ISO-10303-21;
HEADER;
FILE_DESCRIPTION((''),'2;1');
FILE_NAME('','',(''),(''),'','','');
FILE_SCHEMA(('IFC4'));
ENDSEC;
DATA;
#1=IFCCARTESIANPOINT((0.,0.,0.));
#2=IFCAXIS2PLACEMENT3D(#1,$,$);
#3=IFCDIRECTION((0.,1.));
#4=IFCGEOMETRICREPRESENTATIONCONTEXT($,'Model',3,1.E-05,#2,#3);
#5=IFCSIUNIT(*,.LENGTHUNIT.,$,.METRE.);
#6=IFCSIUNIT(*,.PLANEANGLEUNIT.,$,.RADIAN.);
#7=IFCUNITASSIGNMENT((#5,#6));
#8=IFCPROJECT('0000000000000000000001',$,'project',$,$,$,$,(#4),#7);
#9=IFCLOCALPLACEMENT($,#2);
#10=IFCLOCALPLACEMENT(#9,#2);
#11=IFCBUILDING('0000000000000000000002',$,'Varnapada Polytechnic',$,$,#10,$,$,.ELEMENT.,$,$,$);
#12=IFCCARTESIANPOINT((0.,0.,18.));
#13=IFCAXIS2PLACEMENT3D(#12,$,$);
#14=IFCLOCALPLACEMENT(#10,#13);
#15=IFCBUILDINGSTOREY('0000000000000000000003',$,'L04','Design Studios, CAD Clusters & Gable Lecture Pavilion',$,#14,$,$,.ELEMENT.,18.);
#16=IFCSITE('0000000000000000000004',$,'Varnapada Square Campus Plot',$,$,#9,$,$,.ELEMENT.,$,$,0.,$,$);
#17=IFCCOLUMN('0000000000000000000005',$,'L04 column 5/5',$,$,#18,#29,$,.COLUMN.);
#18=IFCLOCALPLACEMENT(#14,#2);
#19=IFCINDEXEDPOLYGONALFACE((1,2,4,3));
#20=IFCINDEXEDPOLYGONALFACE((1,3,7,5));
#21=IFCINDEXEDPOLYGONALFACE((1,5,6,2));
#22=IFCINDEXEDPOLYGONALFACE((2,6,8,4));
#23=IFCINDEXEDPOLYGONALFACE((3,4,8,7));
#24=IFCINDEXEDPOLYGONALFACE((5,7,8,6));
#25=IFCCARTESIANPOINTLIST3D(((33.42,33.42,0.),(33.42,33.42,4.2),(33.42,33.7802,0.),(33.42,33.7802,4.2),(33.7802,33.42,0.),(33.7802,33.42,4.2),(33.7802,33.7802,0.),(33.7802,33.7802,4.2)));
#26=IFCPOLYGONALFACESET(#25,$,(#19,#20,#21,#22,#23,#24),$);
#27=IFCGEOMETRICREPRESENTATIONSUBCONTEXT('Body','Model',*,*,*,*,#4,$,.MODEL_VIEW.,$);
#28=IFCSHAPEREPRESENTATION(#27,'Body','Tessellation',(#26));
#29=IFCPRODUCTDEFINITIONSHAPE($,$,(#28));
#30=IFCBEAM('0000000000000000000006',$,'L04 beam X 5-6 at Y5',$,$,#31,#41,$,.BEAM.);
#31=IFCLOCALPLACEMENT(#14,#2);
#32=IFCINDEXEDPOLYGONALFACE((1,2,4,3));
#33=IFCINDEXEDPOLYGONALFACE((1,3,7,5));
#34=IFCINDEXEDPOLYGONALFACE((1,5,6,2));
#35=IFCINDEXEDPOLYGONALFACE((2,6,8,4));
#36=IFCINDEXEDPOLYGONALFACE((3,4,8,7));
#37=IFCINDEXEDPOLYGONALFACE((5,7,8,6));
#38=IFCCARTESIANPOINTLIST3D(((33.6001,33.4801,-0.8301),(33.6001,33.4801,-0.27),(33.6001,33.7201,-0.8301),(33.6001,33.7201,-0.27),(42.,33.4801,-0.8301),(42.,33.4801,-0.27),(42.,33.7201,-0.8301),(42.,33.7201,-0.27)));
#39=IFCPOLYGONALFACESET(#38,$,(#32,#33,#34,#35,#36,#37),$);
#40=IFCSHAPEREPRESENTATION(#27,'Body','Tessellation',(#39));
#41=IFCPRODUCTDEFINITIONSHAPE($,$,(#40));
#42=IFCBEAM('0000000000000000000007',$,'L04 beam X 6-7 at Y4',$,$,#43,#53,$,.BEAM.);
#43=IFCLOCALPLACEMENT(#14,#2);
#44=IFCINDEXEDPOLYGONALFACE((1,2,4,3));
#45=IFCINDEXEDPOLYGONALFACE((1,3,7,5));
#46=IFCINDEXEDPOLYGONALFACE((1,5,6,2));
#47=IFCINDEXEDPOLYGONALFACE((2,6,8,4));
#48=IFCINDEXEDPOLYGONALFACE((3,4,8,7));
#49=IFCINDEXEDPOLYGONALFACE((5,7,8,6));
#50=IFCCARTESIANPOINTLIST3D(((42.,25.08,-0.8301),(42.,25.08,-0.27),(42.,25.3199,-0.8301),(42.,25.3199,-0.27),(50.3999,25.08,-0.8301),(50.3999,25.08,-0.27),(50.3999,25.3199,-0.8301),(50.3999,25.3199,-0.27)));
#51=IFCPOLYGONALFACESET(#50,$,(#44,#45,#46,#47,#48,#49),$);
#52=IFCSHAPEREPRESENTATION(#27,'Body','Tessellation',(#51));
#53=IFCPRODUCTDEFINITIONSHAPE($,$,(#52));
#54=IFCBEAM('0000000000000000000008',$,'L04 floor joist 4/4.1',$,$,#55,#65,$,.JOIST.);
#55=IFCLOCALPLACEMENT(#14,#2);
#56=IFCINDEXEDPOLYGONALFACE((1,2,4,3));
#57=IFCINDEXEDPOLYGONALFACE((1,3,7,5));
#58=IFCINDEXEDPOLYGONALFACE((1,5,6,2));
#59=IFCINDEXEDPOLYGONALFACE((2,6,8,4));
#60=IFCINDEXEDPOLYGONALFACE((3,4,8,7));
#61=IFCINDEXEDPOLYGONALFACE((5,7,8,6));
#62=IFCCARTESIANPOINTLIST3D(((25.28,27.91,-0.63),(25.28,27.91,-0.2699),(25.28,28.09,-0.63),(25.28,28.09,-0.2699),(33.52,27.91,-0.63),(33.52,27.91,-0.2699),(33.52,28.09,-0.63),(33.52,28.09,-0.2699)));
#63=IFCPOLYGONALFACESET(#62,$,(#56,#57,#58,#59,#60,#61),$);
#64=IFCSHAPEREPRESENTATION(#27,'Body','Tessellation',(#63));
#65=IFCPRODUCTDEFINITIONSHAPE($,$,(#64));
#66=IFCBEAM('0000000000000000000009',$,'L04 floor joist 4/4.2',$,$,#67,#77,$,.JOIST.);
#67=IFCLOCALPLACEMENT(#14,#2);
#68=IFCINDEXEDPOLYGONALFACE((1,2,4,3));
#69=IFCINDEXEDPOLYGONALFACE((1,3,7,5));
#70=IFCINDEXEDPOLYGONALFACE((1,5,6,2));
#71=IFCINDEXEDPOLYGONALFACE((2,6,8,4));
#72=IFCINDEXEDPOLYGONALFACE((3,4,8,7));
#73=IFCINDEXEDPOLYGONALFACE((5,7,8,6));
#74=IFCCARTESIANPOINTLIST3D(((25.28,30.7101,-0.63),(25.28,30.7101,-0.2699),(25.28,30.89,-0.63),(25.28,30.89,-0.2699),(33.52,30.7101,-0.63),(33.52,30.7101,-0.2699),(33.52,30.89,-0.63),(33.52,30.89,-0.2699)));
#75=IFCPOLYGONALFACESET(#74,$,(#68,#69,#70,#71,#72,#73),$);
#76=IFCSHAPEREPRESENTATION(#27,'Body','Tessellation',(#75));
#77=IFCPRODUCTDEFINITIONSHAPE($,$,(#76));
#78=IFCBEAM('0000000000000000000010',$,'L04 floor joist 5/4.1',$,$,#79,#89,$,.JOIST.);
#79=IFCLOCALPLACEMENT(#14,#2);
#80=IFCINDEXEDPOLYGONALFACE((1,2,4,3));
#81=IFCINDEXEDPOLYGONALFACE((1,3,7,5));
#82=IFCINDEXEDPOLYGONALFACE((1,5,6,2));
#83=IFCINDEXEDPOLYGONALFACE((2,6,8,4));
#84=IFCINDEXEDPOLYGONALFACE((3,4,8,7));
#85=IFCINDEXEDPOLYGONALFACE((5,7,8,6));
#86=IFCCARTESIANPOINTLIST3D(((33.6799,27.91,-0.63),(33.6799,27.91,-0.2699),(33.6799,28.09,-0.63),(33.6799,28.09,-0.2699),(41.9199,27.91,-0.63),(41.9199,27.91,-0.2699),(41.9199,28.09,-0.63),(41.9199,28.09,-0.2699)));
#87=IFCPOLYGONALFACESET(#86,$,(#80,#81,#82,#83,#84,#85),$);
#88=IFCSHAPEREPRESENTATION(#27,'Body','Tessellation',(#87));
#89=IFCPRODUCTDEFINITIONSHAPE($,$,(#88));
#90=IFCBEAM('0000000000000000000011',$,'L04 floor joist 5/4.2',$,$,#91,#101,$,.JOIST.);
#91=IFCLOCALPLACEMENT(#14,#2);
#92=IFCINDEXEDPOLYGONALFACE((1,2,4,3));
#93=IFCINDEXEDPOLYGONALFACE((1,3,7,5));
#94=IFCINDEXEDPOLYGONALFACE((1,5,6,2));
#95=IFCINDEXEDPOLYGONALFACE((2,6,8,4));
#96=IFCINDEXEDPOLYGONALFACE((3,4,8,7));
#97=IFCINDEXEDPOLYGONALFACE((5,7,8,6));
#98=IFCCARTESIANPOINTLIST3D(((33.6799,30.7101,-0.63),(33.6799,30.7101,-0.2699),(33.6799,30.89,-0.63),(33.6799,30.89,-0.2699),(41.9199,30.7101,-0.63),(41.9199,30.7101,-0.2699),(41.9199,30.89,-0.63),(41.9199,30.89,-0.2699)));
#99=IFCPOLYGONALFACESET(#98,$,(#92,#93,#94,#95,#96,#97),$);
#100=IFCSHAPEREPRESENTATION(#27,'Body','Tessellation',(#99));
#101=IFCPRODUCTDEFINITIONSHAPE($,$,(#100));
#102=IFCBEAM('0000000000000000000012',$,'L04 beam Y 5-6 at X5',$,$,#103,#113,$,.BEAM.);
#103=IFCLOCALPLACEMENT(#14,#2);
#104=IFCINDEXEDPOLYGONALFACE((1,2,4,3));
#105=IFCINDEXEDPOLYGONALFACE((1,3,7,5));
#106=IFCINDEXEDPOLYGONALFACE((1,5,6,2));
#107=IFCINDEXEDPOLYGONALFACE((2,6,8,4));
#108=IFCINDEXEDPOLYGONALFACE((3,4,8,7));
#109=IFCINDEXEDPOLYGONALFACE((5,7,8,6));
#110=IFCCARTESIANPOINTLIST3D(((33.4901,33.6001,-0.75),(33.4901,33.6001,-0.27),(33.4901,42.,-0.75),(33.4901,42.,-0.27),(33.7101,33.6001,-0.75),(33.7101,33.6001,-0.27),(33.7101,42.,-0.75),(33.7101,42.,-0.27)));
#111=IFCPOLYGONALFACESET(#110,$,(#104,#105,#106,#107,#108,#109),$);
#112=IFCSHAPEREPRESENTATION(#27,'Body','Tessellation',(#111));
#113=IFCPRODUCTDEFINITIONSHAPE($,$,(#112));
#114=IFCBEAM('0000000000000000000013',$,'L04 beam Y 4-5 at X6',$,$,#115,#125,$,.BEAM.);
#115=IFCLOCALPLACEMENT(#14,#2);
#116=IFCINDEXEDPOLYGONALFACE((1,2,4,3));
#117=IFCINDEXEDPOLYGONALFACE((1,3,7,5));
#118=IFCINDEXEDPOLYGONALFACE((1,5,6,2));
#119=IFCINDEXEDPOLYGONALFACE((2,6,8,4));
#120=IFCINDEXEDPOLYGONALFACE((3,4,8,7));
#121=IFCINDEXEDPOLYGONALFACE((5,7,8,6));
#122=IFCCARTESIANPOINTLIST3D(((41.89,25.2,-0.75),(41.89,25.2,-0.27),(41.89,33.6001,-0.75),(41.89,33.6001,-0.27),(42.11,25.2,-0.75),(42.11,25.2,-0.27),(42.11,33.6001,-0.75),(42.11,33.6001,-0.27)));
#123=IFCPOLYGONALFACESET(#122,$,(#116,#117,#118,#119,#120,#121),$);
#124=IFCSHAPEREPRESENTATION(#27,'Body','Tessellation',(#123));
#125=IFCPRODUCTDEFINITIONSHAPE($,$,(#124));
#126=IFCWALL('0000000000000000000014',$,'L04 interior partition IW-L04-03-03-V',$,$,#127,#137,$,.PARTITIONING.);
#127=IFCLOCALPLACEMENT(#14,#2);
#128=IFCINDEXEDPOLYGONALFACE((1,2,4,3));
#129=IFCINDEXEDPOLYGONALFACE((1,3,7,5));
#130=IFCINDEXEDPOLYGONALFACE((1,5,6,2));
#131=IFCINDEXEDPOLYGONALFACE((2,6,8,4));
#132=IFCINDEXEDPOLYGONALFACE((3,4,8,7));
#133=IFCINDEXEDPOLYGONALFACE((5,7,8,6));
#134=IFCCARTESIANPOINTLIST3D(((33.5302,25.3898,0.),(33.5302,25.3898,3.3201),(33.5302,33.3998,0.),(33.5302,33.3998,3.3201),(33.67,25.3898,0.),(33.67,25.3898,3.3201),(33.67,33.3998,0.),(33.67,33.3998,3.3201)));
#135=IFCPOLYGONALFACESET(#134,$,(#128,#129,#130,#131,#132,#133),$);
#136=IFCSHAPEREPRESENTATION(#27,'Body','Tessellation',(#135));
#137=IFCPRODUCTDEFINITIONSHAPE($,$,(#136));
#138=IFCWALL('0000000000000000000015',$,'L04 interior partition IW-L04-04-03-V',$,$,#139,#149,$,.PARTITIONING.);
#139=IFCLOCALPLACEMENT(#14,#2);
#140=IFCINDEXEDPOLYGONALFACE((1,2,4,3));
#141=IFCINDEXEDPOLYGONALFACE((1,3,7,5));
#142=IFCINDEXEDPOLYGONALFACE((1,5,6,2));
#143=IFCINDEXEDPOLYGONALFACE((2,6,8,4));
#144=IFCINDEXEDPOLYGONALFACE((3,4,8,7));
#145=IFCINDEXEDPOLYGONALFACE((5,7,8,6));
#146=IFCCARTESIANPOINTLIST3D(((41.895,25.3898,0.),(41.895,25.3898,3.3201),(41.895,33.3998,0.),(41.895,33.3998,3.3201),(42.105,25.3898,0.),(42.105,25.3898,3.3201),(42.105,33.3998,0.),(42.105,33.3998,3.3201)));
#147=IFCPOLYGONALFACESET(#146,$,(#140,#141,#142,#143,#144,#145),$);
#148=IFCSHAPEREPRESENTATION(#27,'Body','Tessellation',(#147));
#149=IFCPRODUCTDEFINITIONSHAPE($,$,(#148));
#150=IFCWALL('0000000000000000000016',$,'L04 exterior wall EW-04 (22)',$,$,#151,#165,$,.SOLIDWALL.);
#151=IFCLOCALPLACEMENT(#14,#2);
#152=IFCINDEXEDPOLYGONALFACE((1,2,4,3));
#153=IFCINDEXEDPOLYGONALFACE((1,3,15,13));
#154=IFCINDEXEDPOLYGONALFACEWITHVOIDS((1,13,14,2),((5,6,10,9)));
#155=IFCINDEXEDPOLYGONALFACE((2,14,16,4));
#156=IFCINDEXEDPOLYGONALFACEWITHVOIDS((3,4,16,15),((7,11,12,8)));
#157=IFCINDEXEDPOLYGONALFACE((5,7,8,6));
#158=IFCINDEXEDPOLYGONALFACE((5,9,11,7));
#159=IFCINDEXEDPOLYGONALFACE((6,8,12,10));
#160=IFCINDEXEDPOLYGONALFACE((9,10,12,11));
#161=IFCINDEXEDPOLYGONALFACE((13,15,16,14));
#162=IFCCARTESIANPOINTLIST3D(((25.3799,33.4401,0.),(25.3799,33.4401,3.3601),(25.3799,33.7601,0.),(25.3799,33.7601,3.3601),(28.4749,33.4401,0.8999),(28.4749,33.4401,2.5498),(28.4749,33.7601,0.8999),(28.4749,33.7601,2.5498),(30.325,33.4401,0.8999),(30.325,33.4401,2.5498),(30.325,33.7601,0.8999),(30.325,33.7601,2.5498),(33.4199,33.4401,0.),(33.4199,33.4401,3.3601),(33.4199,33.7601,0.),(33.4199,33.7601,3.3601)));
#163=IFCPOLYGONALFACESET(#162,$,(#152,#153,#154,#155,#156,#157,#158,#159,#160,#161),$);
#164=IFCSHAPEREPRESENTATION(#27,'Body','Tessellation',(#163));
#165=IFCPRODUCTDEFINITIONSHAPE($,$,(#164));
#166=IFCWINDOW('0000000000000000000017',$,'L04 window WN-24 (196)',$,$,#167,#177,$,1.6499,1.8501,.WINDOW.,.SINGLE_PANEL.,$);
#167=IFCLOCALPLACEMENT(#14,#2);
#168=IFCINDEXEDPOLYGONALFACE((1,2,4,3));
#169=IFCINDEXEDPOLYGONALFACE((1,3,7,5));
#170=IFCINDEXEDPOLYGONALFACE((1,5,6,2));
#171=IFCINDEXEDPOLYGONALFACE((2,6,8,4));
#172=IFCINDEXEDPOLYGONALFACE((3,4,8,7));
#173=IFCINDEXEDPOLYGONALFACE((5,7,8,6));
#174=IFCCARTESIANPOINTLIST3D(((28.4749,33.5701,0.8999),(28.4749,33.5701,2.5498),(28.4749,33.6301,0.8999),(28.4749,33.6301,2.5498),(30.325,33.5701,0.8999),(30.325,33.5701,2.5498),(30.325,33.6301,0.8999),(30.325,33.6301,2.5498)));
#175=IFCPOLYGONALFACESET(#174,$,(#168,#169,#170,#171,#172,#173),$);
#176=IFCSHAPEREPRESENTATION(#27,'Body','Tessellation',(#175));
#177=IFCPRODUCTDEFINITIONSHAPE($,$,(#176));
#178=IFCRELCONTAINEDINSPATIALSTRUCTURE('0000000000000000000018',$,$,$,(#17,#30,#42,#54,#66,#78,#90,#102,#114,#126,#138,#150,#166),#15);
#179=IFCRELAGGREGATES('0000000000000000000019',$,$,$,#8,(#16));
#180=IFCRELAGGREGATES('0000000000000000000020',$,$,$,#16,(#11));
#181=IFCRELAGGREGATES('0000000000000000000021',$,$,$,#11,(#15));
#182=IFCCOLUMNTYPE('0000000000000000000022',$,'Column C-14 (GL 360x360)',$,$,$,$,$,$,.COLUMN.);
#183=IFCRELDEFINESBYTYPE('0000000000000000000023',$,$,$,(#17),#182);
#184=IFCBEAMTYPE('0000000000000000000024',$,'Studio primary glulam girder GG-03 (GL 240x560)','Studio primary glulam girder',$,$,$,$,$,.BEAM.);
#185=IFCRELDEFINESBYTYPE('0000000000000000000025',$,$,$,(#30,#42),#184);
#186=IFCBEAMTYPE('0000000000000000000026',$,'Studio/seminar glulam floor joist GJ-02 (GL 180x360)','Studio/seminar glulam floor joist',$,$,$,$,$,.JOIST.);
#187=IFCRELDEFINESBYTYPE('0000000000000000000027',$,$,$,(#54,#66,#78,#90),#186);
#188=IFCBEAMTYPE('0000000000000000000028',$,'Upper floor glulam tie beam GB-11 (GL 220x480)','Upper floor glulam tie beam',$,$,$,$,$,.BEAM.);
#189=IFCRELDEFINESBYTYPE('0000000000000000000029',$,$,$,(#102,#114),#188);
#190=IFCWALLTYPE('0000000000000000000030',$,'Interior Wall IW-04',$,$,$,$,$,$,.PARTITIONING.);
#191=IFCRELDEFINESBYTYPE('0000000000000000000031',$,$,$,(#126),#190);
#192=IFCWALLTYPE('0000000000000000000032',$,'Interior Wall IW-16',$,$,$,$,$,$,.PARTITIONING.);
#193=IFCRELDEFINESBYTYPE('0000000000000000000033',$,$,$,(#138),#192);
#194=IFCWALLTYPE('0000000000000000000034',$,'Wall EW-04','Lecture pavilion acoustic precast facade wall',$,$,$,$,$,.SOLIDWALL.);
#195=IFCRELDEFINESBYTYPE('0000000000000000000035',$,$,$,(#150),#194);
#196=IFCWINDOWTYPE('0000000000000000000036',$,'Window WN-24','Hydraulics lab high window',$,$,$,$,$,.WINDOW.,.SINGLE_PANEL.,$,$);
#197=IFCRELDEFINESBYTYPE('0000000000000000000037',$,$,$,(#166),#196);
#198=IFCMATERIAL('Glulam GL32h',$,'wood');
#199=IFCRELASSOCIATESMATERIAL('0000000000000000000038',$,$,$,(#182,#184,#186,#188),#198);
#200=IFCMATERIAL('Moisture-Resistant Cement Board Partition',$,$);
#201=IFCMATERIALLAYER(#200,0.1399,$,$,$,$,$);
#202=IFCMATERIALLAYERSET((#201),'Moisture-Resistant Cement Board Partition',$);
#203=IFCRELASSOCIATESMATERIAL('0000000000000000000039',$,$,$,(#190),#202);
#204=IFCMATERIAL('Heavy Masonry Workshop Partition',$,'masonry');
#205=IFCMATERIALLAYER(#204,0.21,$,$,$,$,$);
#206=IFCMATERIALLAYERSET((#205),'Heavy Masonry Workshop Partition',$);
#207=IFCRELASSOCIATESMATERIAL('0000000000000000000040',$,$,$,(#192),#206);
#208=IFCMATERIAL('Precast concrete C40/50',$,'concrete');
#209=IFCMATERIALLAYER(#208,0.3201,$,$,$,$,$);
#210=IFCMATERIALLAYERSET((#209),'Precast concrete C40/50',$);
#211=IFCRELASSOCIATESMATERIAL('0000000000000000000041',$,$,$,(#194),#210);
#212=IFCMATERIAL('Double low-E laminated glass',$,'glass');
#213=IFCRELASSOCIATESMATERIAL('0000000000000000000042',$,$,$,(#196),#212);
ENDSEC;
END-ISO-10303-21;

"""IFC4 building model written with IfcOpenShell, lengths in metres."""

from ifc_helpers import new_model, si_unit, direction, frame, frame_2d, origin, origin_2d, place, context, subcontext, project, spatial, rectangle, extrude, material, layer, layer_set, material_profile, profile_set, type_object, element, fill, save


model = new_model("IFC4")

# Units and contexts
model_context = context("Model", 3, precision=1e-05, world=origin(), true_north=direction((0.0, 1.0)))
body_context = subcontext(model_context, "Body", "Model", "MODEL_VIEW")
ifc_project = project(units=[si_unit("LENGTHUNIT", "METRE"), si_unit("PLANEANGLEUNIT", "RADIAN")], contexts=[model_context])

# Site, building, storey
site_placement = place(None, origin())
site = spatial("IfcSite", under=ifc_project, at=site_placement, Name="Varnapada Square Campus Plot", CompositionType="ELEMENT", RefElevation=0.0)
building_placement = place(site_placement, origin())
building = spatial("IfcBuilding", under=site, at=building_placement, Name="Varnapada Polytechnic", CompositionType="ELEMENT")
storey_placement = place(building_placement, frame((0.0, 0.0, 18.0)))
storey = spatial("IfcBuildingStorey", under=building, at=storey_placement, Name="L04", Description="Design Studios, CAD Clusters & Gable Lecture Pavilion", CompositionType="ELEMENT", Elevation=18.0)

# Column
ifc_material_1 = material(Name="Glulam GL32h", Category="wood")
ifc_material_profile_1 = material_profile(ifc_material_1, rectangle(XDim=0.3601, YDim=0.3601, at=origin_2d()), Name="GL 360x360")
ifc_profile_set_1 = profile_set([ifc_material_profile_1], Name="Glulam GL32h")
column_type = type_object("IfcColumnType", Name="Column C-14 (GL 360x360)", PredefinedType="COLUMN", material=ifc_profile_set_1)
column_placement = place(storey_placement, frame((33.6001, 33.6001, 0.0), z_axis=(0.0, 0.0, 1.0), x_axis=(1.0, 0.0, 0.0)))
element("IfcColumn", 1, at=column_placement, inside=storey, type_object=column_type, Name="L04 column 5/5", PredefinedType="COLUMN", context=body_context, shape_type="SweptSolid", body=[
    extrude(rectangle(XDim=0.3601, YDim=0.3601, at=origin_2d()), origin(), (0.0, 0.0, 1.0), 4.2),
])

# Beams
ifc_material_profile_2 = material_profile(ifc_material_1, rectangle(XDim=0.24, YDim=0.5601, at=origin_2d()), Name="GL 240x560")
ifc_profile_set_2 = profile_set([ifc_material_profile_2], Name="Glulam GL32h")
beam_type_1 = type_object("IfcBeamType", Name="Studio primary glulam girder GG-03 (GL 240x560)", Description="Studio primary glulam girder", PredefinedType="BEAM", material=ifc_profile_set_2)
for number, where, z_axis, x_axis, name in (
    (2, (33.6001, 33.6001, -0.55), (1.0, 0.0, 0.0), (0.0, 1.0, 0.0), "L04 beam X 5-6 at Y5"),
    (3, (42.0, 25.2, -0.55), (1.0, 0.0, 0.0), (0.0, 1.0, 0.0), "L04 beam X 6-7 at Y4"),
):
    element("IfcBeam", number, at=place(storey_placement, frame(where, z_axis=z_axis, x_axis=x_axis)), inside=storey, type_object=beam_type_1, Name=name, PredefinedType="BEAM", context=body_context, shape_type="SweptSolid", body=[
        extrude(rectangle(XDim=0.24, YDim=0.5601, at=origin_2d()), origin(), (0.0, 0.0, 1.0), 8.3999),
    ])
ifc_material_profile_3 = material_profile(ifc_material_1, rectangle(XDim=0.1799, YDim=0.3601, at=origin_2d()), Name="GL 180x360")
ifc_profile_set_3 = profile_set([ifc_material_profile_3], Name="Glulam GL32h")
beam_type_2 = type_object("IfcBeamType", Name="Studio/seminar glulam floor joist GJ-02 (GL 180x360)", Description="Studio/seminar glulam floor joist", PredefinedType="JOIST", material=ifc_profile_set_3)
for number, where, z_axis, x_axis, name in (
    (4, (25.28, 28.0, -0.45), (1.0, 0.0, 0.0), (0.0, 1.0, 0.0), "L04 floor joist 4/4.1"),
    (5, (25.28, 30.8, -0.45), (1.0, 0.0, 0.0), (0.0, 1.0, 0.0), "L04 floor joist 4/4.2"),
    (6, (33.6799, 28.0, -0.45), (1.0, 0.0, 0.0), (0.0, 1.0, 0.0), "L04 floor joist 5/4.1"),
    (7, (33.6799, 30.8, -0.45), (1.0, 0.0, 0.0), (0.0, 1.0, 0.0), "L04 floor joist 5/4.2"),
):
    element("IfcBeam", number, at=place(storey_placement, frame(where, z_axis=z_axis, x_axis=x_axis)), inside=storey, type_object=beam_type_2, Name=name, PredefinedType="JOIST", context=body_context, shape_type="SweptSolid", body=[
        extrude(rectangle(XDim=0.1799, YDim=0.3601, at=origin_2d()), origin(), (0.0, 0.0, 1.0), 8.24),
    ])
ifc_material_profile_4 = material_profile(ifc_material_1, rectangle(XDim=0.22, YDim=0.48, at=origin_2d()), Name="GL 220x480")
ifc_profile_set_4 = profile_set([ifc_material_profile_4], Name="Glulam GL32h")
beam_type_3 = type_object("IfcBeamType", Name="Upper floor glulam tie beam GB-11 (GL 220x480)", Description="Upper floor glulam tie beam", PredefinedType="BEAM", material=ifc_profile_set_4)
beam_1_placement = place(storey_placement, frame((33.6001, 33.6001, -0.51), z_axis=(0.0, 1.0, 0.0), x_axis=(-1.0, 0.0, 0.0)))
element("IfcBeam", 8, at=beam_1_placement, inside=storey, type_object=beam_type_3, Name="L04 beam Y 5-6 at X5", PredefinedType="BEAM", context=body_context, shape_type="SweptSolid", body=[
    extrude(rectangle(XDim=0.22, YDim=0.48, at=origin_2d()), origin(), (0.0, 0.0, 1.0), 8.3999),
])
beam_2_placement = place(storey_placement, frame((42.0, 25.2, -0.51), z_axis=(0.0, 1.0, 0.0), x_axis=(-1.0, 0.0, 0.0)))
element("IfcBeam", 9, at=beam_2_placement, inside=storey, type_object=beam_type_3, Name="L04 beam Y 4-5 at X6", PredefinedType="BEAM", context=body_context, shape_type="SweptSolid", body=[
    extrude(rectangle(XDim=0.22, YDim=0.48, at=origin_2d()), origin(), (0.0, 0.0, 1.0), 8.4001),
])

# Walls
ifc_material_2 = material(Name="Moisture-Resistant Cement Board Partition")
ifc_layer_1 = layer(ifc_material_2, 0.1399)
ifc_layer_set_1 = layer_set([ifc_layer_1], Name="Moisture-Resistant Cement Board Partition")
wall_type_1 = type_object("IfcWallType", Name="Interior Wall IW-04", PredefinedType="PARTITIONING", material=ifc_layer_set_1)
wall_1_placement = place(storey_placement, frame((33.6001, 25.3899, 0.0), z_axis=(0.0, 0.0, 1.0), x_axis=(0.0, 1.0, 0.0)))
element("IfcWall", 10, at=wall_1_placement, inside=storey, type_object=wall_type_1, Name="L04 interior partition IW-L04-03-03-V", PredefinedType="PARTITIONING", context=body_context, shape_type="SweptSolid", body=[
    extrude(rectangle(XDim=8.01, YDim=0.1399, at=frame_2d((4.0049, 0.0))), origin(), (0.0, 0.0, 1.0), 3.3201),
])
ifc_material_3 = material(Name="Heavy Masonry Workshop Partition", Category="masonry")
ifc_layer_2 = layer(ifc_material_3, 0.21)
ifc_layer_set_2 = layer_set([ifc_layer_2], Name="Heavy Masonry Workshop Partition")
wall_type_2 = type_object("IfcWallType", Name="Interior Wall IW-16", PredefinedType="PARTITIONING", material=ifc_layer_set_2)
wall_2_placement = place(storey_placement, frame((42.0, 25.3899, 0.0), z_axis=(0.0, 0.0, 1.0), x_axis=(0.0, 1.0, 0.0)))
element("IfcWall", 11, at=wall_2_placement, inside=storey, type_object=wall_type_2, Name="L04 interior partition IW-L04-04-03-V", PredefinedType="PARTITIONING", context=body_context, shape_type="SweptSolid", body=[
    extrude(rectangle(XDim=8.01, YDim=0.21, at=frame_2d((4.0049, 0.0))), origin(), (0.0, 0.0, 1.0), 3.3201),
])

# Wall, opening, window
ifc_material_4 = material(Name="Precast concrete C40/50", Category="concrete")
ifc_layer_3 = layer(ifc_material_4, 0.3201)
ifc_layer_set_3 = layer_set([ifc_layer_3], Name="Precast concrete C40/50")
wall_type_3 = type_object("IfcWallType", Name="Wall EW-04", Description="Lecture pavilion acoustic precast facade wall", PredefinedType="SOLIDWALL", material=ifc_layer_set_3)
wall_3_placement = place(storey_placement, frame((25.3799, 33.6001, 0.0), z_axis=(0.0, 0.0, 1.0), x_axis=(1.0, 0.0, 0.0)))
wall_3 = element("IfcWall", 12, at=wall_3_placement, inside=storey, type_object=wall_type_3, Name="L04 exterior wall EW-04 (22)", PredefinedType="SOLIDWALL", context=body_context, shape_type="SweptSolid", body=[
    extrude(rectangle(XDim=8.04, YDim=0.3201, at=frame_2d((4.02, 0.0))), origin(), (0.0, 0.0, 1.0), 3.3601),
])
opening_1_placement = place(wall_3_placement, frame((3.095, 0.0, 0.8999)))
opening_1 = element("IfcOpeningElement", 13, at=opening_1_placement, cuts=wall_3, PredefinedType="OPENING", context=body_context, shape_type="SweptSolid", body=[
    extrude(rectangle(XDim=1.8501, YDim=1.6499, at=frame_2d((0.925, 0.825))), frame((0.0, 0.1699, 0.0), z_axis=(0.0, -1.0, 0.0), x_axis=(1.0, 0.0, 0.0)), (0.0, 0.0, 1.0), 0.3401),
])
ifc_material_5 = material(Name="Double low-E laminated glass", Category="glass")
window_type_1 = type_object("IfcWindowType", Name="Window WN-24", Description="Hydraulics lab high window", PartitioningType="SINGLE_PANEL", PredefinedType="WINDOW", material=ifc_material_5)
window_1_placement = place(opening_1_placement, origin())
window_1 = element("IfcWindow", 14, at=window_1_placement, inside=storey, type_object=window_type_1, Name="L04 window WN-24 (196)", OverallHeight=1.6499, OverallWidth=1.8501, PartitioningType="SINGLE_PANEL", PredefinedType="WINDOW", context=body_context, shape_type="SweptSolid", body=[
    extrude(rectangle(XDim=1.8501, YDim=1.6499, at=frame_2d((0.925, 0.825))), frame((0.0, 0.03, 0.0), z_axis=(0.0, -1.0, 0.0), x_axis=(1.0, 0.0, 0.0)), (0.0, 0.0, 1.0), 0.0601),
])
fill(opening_1, window_1)

save(model, "model.ifc")
